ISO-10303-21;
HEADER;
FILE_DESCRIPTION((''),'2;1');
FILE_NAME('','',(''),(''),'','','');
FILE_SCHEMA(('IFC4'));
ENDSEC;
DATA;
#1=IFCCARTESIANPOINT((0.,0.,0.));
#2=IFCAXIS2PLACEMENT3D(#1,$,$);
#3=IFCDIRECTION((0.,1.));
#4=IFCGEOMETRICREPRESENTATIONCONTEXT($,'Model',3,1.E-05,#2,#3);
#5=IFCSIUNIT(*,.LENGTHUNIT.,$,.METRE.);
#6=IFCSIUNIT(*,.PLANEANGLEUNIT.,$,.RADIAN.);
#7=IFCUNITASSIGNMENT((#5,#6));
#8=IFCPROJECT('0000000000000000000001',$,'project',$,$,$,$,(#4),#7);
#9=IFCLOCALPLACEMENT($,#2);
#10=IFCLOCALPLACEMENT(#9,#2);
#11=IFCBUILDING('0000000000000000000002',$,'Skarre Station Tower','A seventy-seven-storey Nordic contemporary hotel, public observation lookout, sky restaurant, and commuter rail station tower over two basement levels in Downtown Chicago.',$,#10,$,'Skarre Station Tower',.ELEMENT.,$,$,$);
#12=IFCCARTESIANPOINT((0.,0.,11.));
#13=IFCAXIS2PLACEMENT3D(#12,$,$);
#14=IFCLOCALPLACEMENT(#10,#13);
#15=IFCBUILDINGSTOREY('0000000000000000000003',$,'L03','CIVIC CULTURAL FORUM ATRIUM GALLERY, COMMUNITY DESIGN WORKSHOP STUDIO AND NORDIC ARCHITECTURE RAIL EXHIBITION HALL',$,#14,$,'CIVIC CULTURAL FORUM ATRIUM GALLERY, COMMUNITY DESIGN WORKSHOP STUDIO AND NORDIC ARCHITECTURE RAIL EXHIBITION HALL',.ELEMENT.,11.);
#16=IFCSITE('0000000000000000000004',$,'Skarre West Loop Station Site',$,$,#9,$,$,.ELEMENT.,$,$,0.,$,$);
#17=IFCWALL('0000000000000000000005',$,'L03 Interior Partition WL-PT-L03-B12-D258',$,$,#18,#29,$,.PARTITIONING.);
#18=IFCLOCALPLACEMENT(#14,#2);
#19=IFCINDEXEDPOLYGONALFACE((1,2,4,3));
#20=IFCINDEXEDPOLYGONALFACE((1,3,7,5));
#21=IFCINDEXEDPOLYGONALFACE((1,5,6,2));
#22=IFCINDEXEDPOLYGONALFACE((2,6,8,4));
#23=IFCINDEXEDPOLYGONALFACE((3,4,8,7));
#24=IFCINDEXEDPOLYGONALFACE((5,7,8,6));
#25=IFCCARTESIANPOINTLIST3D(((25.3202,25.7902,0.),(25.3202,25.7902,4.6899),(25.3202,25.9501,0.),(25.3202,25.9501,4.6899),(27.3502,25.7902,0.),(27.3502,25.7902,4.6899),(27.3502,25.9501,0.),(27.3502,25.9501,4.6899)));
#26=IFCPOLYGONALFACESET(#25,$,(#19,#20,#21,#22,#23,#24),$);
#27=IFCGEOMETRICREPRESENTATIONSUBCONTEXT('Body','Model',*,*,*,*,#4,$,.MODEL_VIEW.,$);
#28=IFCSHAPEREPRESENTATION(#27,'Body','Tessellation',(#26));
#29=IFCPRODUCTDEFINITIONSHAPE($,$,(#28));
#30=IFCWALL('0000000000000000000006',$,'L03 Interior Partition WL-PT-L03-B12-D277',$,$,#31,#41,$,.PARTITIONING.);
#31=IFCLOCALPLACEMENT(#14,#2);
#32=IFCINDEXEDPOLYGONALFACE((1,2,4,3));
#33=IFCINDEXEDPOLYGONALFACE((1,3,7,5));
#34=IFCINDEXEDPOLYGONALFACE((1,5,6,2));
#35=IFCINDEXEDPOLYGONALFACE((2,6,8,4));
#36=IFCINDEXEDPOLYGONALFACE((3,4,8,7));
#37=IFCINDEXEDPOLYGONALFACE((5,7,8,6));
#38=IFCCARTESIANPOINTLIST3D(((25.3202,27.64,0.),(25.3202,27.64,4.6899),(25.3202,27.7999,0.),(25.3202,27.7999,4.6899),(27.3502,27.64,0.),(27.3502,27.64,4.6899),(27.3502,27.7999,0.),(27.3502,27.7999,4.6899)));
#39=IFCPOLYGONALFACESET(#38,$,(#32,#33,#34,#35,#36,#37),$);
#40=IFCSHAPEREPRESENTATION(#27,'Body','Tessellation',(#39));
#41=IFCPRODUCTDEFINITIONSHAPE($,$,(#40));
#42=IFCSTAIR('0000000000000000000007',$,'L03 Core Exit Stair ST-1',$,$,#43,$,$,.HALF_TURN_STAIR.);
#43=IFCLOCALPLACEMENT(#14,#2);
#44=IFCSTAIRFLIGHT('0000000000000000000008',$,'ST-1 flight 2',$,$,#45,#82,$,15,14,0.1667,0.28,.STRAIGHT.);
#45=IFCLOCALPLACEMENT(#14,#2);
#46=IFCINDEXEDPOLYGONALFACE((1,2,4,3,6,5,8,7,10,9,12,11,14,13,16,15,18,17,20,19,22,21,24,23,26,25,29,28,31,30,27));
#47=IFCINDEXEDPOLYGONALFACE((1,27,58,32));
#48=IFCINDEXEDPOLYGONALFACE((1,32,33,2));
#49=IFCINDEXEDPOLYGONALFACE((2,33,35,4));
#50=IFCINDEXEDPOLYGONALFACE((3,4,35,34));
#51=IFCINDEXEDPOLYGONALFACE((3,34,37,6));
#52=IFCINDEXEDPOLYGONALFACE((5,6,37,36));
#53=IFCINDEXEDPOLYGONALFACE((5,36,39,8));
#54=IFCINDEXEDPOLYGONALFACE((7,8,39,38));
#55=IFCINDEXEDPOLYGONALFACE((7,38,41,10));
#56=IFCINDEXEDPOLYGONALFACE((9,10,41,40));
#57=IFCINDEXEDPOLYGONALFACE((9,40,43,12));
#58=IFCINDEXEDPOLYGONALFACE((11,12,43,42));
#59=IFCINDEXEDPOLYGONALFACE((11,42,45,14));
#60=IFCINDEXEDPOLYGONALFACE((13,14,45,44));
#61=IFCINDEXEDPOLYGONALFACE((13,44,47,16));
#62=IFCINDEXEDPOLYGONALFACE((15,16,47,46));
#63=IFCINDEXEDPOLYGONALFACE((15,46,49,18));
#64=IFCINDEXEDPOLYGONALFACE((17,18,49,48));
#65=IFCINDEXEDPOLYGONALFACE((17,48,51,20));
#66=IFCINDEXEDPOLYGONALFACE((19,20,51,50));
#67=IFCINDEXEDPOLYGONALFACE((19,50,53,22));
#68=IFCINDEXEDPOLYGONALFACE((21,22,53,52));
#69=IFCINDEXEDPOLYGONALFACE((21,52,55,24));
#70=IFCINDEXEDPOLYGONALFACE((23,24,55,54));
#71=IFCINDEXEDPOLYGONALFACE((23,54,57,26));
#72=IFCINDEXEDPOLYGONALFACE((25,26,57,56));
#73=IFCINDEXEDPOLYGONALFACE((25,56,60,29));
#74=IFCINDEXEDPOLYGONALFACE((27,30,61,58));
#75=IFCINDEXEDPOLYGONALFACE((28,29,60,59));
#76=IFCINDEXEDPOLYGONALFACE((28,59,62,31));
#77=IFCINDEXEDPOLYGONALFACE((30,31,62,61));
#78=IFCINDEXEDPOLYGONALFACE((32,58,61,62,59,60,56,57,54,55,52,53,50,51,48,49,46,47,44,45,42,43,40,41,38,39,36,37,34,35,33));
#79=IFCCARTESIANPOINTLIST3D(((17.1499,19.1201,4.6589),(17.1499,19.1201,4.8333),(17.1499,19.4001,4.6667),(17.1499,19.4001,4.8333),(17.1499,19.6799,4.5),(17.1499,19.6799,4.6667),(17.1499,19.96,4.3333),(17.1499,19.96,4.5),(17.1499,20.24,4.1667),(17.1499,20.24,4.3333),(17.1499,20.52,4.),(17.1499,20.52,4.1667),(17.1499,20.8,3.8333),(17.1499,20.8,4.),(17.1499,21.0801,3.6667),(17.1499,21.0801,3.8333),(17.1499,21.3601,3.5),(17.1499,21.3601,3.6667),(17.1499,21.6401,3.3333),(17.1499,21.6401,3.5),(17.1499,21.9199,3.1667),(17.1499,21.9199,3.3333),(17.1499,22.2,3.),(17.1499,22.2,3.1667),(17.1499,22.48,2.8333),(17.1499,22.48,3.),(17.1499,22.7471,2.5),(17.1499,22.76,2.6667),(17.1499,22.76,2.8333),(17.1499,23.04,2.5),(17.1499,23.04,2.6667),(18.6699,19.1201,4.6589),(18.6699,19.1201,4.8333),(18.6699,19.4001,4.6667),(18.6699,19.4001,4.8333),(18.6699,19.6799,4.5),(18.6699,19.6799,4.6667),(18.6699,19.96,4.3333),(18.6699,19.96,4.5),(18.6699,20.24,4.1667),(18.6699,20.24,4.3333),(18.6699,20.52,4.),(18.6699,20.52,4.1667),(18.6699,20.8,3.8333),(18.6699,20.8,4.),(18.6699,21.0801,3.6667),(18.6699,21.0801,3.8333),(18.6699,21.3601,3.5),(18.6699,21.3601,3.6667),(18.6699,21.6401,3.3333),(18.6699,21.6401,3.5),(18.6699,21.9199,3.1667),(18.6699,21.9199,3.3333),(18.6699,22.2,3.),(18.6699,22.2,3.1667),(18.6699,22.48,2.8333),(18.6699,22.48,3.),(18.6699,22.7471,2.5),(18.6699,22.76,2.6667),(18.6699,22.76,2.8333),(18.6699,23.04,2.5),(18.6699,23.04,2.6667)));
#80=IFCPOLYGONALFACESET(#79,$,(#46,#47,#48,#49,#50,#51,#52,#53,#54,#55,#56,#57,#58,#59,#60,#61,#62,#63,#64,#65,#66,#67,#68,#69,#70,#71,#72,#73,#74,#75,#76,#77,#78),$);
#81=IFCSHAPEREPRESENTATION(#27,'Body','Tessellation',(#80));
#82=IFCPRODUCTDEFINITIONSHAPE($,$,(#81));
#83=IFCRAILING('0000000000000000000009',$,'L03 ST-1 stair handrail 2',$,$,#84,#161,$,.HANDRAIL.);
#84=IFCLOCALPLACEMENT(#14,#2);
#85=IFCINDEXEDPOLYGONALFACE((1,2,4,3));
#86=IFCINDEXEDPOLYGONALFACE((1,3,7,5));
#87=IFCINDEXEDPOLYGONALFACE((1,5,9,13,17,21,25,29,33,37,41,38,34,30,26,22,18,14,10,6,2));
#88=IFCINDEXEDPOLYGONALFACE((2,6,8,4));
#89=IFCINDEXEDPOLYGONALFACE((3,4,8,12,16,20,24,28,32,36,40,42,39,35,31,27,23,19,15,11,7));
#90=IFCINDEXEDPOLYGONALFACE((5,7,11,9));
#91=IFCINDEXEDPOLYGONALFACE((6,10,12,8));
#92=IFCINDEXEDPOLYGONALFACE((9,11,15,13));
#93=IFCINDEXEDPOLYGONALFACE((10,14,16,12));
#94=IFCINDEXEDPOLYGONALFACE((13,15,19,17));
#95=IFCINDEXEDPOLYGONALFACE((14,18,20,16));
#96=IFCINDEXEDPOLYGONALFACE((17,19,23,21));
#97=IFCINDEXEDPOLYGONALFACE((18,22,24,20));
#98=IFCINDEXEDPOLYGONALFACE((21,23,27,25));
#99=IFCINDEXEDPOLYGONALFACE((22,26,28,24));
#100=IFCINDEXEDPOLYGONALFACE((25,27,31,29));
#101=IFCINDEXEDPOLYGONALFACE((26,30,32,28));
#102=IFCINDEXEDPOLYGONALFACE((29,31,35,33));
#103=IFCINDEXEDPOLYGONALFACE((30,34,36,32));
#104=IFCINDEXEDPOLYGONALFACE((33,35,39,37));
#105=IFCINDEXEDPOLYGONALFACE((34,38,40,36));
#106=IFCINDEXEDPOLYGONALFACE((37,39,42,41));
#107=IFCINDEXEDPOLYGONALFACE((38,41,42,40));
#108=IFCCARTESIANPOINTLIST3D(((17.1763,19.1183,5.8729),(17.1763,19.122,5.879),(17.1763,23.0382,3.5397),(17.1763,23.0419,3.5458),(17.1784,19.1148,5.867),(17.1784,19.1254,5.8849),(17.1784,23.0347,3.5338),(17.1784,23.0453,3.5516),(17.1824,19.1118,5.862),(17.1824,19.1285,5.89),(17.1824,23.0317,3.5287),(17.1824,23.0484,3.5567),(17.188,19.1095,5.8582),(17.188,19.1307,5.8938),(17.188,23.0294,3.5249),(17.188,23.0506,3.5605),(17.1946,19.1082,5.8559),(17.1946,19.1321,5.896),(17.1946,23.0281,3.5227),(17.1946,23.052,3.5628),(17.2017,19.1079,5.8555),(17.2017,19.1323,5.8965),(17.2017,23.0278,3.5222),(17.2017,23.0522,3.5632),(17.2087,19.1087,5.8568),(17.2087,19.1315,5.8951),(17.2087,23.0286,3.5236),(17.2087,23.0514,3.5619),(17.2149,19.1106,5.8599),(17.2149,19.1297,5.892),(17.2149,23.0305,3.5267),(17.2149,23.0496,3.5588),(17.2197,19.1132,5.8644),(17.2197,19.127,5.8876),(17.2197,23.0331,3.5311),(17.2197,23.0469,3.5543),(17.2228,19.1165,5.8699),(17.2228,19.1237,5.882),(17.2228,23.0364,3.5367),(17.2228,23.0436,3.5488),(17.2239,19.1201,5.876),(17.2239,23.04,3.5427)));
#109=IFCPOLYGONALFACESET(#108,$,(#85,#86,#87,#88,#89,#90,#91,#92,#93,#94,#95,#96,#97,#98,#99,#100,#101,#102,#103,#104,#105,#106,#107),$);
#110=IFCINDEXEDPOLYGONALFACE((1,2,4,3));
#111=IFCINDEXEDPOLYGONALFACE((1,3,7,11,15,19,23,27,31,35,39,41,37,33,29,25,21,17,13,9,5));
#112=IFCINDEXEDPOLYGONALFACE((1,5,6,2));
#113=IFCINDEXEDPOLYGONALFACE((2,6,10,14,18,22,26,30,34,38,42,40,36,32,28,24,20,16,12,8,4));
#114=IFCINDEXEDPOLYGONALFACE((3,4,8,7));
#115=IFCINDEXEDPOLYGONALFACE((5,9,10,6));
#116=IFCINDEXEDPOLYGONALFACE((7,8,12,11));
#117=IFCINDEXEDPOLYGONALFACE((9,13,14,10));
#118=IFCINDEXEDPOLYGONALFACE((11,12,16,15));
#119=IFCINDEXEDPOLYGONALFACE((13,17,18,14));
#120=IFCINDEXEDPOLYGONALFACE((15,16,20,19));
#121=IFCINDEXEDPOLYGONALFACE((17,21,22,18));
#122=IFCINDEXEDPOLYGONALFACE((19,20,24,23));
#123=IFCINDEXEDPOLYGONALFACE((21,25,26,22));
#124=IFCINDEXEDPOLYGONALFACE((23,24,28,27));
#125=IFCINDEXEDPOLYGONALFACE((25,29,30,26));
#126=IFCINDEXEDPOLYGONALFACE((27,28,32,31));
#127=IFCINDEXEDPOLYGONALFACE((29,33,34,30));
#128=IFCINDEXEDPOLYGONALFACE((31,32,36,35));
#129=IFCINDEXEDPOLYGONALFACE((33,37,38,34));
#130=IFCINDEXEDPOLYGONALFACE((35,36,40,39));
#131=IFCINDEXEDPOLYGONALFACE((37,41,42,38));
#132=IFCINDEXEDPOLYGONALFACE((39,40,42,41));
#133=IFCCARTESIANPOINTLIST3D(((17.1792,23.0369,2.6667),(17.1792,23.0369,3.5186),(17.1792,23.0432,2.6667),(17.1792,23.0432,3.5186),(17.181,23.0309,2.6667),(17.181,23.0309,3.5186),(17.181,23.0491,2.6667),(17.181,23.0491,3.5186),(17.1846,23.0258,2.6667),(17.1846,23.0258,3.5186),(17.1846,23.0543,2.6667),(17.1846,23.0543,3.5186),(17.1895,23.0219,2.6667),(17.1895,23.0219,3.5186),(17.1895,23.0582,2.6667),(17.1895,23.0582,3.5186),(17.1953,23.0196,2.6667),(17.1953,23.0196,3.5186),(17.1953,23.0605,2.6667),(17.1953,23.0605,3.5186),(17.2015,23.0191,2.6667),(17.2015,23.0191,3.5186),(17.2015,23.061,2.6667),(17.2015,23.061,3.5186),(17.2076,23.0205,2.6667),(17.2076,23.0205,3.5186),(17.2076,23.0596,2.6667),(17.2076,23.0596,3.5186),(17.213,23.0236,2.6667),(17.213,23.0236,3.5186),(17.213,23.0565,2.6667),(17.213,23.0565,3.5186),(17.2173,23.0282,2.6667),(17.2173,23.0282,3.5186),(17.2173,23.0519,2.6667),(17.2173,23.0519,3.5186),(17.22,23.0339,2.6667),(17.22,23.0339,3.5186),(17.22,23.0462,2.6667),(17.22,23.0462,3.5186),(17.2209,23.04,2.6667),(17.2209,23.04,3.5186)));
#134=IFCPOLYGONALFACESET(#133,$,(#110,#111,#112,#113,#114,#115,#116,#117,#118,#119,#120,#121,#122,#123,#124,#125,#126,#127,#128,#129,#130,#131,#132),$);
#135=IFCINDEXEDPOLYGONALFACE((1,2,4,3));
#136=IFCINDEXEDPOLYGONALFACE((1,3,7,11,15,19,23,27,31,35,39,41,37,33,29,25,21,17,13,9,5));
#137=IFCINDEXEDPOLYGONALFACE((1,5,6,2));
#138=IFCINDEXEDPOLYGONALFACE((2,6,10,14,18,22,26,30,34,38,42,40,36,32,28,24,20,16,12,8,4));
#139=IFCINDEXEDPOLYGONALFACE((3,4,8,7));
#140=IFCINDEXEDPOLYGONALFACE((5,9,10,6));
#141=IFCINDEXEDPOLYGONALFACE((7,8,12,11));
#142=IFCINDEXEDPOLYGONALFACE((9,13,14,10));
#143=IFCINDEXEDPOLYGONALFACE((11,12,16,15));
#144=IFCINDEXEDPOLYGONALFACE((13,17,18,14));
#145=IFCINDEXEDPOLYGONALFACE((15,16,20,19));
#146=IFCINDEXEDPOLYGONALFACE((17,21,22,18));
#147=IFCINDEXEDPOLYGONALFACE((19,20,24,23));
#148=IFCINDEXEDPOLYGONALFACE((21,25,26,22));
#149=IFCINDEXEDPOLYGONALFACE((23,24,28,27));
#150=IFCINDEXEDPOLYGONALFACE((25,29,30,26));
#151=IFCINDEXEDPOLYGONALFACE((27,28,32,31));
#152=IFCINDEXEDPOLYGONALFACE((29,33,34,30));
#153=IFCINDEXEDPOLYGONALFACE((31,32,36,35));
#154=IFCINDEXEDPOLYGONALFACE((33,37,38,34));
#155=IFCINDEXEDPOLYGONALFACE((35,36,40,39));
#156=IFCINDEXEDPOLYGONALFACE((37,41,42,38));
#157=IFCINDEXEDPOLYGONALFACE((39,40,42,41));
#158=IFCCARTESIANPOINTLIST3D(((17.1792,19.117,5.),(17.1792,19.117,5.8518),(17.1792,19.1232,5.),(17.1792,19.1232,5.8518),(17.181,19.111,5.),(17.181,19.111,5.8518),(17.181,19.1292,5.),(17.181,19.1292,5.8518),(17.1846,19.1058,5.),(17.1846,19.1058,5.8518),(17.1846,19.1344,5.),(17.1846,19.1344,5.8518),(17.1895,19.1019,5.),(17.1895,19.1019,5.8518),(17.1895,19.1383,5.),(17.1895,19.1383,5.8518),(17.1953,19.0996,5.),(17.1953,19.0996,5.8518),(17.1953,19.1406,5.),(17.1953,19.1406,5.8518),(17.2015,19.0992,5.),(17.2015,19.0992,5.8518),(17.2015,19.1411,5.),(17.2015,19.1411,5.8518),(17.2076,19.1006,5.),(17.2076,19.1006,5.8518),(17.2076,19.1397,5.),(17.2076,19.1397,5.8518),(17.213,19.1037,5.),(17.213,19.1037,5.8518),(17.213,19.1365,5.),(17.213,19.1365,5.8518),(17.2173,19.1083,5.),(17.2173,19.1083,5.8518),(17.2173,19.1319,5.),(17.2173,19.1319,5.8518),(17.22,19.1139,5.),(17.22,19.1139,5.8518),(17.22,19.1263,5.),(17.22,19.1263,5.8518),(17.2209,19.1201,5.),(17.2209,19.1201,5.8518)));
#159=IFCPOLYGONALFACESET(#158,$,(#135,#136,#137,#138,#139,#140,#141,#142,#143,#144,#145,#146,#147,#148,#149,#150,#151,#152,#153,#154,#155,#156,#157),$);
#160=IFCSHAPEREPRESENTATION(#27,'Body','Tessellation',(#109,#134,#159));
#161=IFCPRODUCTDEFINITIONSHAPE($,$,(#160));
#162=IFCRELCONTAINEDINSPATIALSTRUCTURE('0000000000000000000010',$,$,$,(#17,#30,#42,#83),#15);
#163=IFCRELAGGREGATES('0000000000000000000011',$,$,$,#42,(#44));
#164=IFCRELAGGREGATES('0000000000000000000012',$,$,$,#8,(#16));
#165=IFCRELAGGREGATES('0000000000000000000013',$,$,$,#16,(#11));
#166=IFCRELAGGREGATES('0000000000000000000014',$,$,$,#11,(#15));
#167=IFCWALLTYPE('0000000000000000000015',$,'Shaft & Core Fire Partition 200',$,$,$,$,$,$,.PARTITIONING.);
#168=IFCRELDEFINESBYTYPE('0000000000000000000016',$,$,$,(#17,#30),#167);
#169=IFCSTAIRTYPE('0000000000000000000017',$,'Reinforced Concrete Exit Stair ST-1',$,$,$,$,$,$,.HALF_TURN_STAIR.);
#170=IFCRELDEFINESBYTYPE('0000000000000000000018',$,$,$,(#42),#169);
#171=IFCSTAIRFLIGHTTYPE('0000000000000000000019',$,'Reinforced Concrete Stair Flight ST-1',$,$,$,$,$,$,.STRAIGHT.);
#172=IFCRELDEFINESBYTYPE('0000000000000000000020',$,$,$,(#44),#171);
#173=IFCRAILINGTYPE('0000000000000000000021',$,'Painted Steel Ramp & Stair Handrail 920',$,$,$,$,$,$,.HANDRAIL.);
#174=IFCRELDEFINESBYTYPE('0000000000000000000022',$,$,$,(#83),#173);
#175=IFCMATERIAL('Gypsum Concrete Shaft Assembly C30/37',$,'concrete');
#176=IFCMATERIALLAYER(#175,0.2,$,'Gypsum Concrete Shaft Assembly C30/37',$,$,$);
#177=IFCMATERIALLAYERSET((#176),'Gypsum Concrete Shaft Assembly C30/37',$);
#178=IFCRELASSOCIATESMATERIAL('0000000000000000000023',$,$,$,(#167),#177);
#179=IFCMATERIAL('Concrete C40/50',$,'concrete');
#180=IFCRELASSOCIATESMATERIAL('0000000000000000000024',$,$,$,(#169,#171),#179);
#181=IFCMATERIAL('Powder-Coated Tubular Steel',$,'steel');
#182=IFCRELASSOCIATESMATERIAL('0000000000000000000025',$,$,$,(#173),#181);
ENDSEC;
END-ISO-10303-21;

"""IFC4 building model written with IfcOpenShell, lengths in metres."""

from ifc_helpers import new_model, si_unit, direction, frame, frame_2d, origin, origin_2d, place, context, subcontext, project, spatial, polyline, rectangle, circle, outline, extrude, material, layer, layer_set, type_object, element, aggregate, save


model = new_model("IFC4")

# Units and contexts
model_context = context("Model", 3, precision=1e-05, world=origin(), true_north=direction((0.0, 1.0)))
body_context = subcontext(model_context, "Body", "Model", "MODEL_VIEW")
ifc_project = project(units=[si_unit("LENGTHUNIT", "METRE"), si_unit("PLANEANGLEUNIT", "RADIAN")], contexts=[model_context])

# Site, building, storey
site_placement = place(None, origin())
site = spatial("IfcSite", under=ifc_project, at=site_placement, Name="Skarre West Loop Station Site", CompositionType="ELEMENT", RefElevation=0.0)
building_placement = place(site_placement, origin())
building = spatial("IfcBuilding", under=site, at=building_placement, Name="Skarre Station Tower", Description="A seventy-seven-storey Nordic contemporary hotel, public observation lookout, sky restaurant, and commuter rail station tower over two basement levels in Downtown Chicago.", LongName="Skarre Station Tower", CompositionType="ELEMENT")
storey_placement = place(building_placement, frame((0.0, 0.0, 11.0)))
storey = spatial("IfcBuildingStorey", under=building, at=storey_placement, Name="L03", Description="CIVIC CULTURAL FORUM ATRIUM GALLERY, COMMUNITY DESIGN WORKSHOP STUDIO AND NORDIC ARCHITECTURE RAIL EXHIBITION HALL", LongName="CIVIC CULTURAL FORUM ATRIUM GALLERY, COMMUNITY DESIGN WORKSHOP STUDIO AND NORDIC ARCHITECTURE RAIL EXHIBITION HALL", CompositionType="ELEMENT", Elevation=11.0)

# Shared definitions
ifc_material_1 = material(Name="Gypsum Concrete Shaft Assembly C30/37", Category="concrete")
ifc_layer_1 = layer(ifc_material_1, 0.2, Name="Gypsum Concrete Shaft Assembly C30/37")
ifc_layer_set_1 = layer_set([ifc_layer_1], Name="Gypsum Concrete Shaft Assembly C30/37")
wall_type_1 = type_object("IfcWallType", Name="Shaft & Core Fire Partition 200", PredefinedType="PARTITIONING", material=ifc_layer_set_1)

# Walls
for number, where, z_axis, x_axis, name in (
    (1, (25.3201, 25.8701, 0.0), (0.0, 0.0, 1.0), (1.0, 0.0, 0.0), "L03 Interior Partition WL-PT-L03-B12-D258"),
    (2, (25.3201, 27.72, 0.0), (0.0, 0.0, 1.0), (1.0, 0.0, 0.0), "L03 Interior Partition WL-PT-L03-B12-D277"),
):
    element("IfcWall", number, at=place(storey_placement, frame(where, z_axis=z_axis, x_axis=x_axis)), inside=storey, type_object=wall_type_1, Name=name, PredefinedType="PARTITIONING", context=body_context, shape_type="SweptSolid", body=[
        extrude(rectangle(XDim=2.03, YDim=0.1599, at=frame_2d((1.0151, 0.0))), origin(), (0.0, 0.0, 1.0), 4.6899),
    ])

# Stair, stair flight
ifc_material_2 = material(Name="Concrete C40/50", Category="concrete")
stair_type = type_object("IfcStairType", Name="Reinforced Concrete Exit Stair ST-1", PredefinedType="HALF_TURN_STAIR", material=ifc_material_2)
stair_placement = place(storey_placement, origin())
stair = element("IfcStair", 3, at=stair_placement, inside=storey, type_object=stair_type, Name="L03 Core Exit Stair ST-1", PredefinedType="HALF_TURN_STAIR")
stair_flight_type = type_object("IfcStairFlightType", Name="Reinforced Concrete Stair Flight ST-1", PredefinedType="STRAIGHT", material=ifc_material_2)
stair_flight_placement = place(storey_placement, frame((17.9099, 23.04, 2.5), z_axis=(0.0, 0.0, 1.0), x_axis=(0.0, -1.0, 0.0)))
stair_flight = element("IfcStairFlight", 4, at=stair_flight_placement, type_object=stair_flight_type, Name="ST-1 flight 2", NumberOfRisers=15, NumberOfTreads=14, PredefinedType="STRAIGHT", RiserHeight=0.1667, TreadLength=0.28, context=body_context, shape_type="SweptSolid", body=[
    extrude(outline(polyline([(0.0, 0.0), (0.0, 0.1667), (0.28, 0.1667), (0.28, 0.3333), (0.5601, 0.3333), (0.5601, 0.5), (0.8401, 0.5), (0.8401, 0.6667), (1.1201, 0.6667), (1.1201, 0.8333), (1.3999, 0.8333), (1.3999, 1.0), (1.6799, 1.0), (1.6799, 1.1667), (1.96, 1.1667), (1.96, 1.3333), (2.24, 1.3333), (2.24, 1.5), (2.52, 1.5), (2.52, 1.6667), (2.8, 1.6667), (2.8, 1.8333), (3.0801, 1.8333), (3.0801, 2.0), (3.3601, 2.0), (3.3601, 2.1667), (3.6399, 2.1667), (3.6399, 2.3333), (3.9199, 2.3333), (3.9199, 2.5), (3.9199, 2.1589), (0.293, 0.0), (0.0, 0.0)])), frame((0.0, 0.76, 0.0), z_axis=(0.0, -1.0, 0.0), x_axis=(1.0, 0.0, 0.0)), (0.0, 0.0, 1.0), 1.52),
])
aggregate(stair, [stair_flight])

# Railing
ifc_material_3 = material(Name="Powder-Coated Tubular Steel", Category="steel")
railing_type_1 = type_object("IfcRailingType", Name="Painted Steel Ramp & Stair Handrail 920", PredefinedType="HANDRAIL", material=ifc_material_3)
railing_1_placement = place(storey_placement, frame((17.2, 23.04, 2.6667)))
element("IfcRailing", 5, at=railing_1_placement, inside=storey, type_object=railing_type_1, Name="L03 ST-1 stair handrail 2", PredefinedType="HANDRAIL", context=body_context, shape_type="SweptSolid", body=[
    extrude(circle(Radius=0.0239, at=origin_2d()), frame((0.0, 0.0, 0.876), z_axis=(0.0, -0.859296, 0.511478), x_axis=(1.0, 0.0, 0.0)), (0.0, 0.0, 1.0), 4.5618),
    extrude(circle(Radius=0.021, at=origin_2d()), origin(), (0.0, 0.0, 1.0), 0.8518),
    extrude(circle(Radius=0.021, at=origin_2d()), frame((0.0, -3.9199, 2.3333)), (0.0, 0.0, 1.0), 0.8518),
])

save(model, "model.ifc")
